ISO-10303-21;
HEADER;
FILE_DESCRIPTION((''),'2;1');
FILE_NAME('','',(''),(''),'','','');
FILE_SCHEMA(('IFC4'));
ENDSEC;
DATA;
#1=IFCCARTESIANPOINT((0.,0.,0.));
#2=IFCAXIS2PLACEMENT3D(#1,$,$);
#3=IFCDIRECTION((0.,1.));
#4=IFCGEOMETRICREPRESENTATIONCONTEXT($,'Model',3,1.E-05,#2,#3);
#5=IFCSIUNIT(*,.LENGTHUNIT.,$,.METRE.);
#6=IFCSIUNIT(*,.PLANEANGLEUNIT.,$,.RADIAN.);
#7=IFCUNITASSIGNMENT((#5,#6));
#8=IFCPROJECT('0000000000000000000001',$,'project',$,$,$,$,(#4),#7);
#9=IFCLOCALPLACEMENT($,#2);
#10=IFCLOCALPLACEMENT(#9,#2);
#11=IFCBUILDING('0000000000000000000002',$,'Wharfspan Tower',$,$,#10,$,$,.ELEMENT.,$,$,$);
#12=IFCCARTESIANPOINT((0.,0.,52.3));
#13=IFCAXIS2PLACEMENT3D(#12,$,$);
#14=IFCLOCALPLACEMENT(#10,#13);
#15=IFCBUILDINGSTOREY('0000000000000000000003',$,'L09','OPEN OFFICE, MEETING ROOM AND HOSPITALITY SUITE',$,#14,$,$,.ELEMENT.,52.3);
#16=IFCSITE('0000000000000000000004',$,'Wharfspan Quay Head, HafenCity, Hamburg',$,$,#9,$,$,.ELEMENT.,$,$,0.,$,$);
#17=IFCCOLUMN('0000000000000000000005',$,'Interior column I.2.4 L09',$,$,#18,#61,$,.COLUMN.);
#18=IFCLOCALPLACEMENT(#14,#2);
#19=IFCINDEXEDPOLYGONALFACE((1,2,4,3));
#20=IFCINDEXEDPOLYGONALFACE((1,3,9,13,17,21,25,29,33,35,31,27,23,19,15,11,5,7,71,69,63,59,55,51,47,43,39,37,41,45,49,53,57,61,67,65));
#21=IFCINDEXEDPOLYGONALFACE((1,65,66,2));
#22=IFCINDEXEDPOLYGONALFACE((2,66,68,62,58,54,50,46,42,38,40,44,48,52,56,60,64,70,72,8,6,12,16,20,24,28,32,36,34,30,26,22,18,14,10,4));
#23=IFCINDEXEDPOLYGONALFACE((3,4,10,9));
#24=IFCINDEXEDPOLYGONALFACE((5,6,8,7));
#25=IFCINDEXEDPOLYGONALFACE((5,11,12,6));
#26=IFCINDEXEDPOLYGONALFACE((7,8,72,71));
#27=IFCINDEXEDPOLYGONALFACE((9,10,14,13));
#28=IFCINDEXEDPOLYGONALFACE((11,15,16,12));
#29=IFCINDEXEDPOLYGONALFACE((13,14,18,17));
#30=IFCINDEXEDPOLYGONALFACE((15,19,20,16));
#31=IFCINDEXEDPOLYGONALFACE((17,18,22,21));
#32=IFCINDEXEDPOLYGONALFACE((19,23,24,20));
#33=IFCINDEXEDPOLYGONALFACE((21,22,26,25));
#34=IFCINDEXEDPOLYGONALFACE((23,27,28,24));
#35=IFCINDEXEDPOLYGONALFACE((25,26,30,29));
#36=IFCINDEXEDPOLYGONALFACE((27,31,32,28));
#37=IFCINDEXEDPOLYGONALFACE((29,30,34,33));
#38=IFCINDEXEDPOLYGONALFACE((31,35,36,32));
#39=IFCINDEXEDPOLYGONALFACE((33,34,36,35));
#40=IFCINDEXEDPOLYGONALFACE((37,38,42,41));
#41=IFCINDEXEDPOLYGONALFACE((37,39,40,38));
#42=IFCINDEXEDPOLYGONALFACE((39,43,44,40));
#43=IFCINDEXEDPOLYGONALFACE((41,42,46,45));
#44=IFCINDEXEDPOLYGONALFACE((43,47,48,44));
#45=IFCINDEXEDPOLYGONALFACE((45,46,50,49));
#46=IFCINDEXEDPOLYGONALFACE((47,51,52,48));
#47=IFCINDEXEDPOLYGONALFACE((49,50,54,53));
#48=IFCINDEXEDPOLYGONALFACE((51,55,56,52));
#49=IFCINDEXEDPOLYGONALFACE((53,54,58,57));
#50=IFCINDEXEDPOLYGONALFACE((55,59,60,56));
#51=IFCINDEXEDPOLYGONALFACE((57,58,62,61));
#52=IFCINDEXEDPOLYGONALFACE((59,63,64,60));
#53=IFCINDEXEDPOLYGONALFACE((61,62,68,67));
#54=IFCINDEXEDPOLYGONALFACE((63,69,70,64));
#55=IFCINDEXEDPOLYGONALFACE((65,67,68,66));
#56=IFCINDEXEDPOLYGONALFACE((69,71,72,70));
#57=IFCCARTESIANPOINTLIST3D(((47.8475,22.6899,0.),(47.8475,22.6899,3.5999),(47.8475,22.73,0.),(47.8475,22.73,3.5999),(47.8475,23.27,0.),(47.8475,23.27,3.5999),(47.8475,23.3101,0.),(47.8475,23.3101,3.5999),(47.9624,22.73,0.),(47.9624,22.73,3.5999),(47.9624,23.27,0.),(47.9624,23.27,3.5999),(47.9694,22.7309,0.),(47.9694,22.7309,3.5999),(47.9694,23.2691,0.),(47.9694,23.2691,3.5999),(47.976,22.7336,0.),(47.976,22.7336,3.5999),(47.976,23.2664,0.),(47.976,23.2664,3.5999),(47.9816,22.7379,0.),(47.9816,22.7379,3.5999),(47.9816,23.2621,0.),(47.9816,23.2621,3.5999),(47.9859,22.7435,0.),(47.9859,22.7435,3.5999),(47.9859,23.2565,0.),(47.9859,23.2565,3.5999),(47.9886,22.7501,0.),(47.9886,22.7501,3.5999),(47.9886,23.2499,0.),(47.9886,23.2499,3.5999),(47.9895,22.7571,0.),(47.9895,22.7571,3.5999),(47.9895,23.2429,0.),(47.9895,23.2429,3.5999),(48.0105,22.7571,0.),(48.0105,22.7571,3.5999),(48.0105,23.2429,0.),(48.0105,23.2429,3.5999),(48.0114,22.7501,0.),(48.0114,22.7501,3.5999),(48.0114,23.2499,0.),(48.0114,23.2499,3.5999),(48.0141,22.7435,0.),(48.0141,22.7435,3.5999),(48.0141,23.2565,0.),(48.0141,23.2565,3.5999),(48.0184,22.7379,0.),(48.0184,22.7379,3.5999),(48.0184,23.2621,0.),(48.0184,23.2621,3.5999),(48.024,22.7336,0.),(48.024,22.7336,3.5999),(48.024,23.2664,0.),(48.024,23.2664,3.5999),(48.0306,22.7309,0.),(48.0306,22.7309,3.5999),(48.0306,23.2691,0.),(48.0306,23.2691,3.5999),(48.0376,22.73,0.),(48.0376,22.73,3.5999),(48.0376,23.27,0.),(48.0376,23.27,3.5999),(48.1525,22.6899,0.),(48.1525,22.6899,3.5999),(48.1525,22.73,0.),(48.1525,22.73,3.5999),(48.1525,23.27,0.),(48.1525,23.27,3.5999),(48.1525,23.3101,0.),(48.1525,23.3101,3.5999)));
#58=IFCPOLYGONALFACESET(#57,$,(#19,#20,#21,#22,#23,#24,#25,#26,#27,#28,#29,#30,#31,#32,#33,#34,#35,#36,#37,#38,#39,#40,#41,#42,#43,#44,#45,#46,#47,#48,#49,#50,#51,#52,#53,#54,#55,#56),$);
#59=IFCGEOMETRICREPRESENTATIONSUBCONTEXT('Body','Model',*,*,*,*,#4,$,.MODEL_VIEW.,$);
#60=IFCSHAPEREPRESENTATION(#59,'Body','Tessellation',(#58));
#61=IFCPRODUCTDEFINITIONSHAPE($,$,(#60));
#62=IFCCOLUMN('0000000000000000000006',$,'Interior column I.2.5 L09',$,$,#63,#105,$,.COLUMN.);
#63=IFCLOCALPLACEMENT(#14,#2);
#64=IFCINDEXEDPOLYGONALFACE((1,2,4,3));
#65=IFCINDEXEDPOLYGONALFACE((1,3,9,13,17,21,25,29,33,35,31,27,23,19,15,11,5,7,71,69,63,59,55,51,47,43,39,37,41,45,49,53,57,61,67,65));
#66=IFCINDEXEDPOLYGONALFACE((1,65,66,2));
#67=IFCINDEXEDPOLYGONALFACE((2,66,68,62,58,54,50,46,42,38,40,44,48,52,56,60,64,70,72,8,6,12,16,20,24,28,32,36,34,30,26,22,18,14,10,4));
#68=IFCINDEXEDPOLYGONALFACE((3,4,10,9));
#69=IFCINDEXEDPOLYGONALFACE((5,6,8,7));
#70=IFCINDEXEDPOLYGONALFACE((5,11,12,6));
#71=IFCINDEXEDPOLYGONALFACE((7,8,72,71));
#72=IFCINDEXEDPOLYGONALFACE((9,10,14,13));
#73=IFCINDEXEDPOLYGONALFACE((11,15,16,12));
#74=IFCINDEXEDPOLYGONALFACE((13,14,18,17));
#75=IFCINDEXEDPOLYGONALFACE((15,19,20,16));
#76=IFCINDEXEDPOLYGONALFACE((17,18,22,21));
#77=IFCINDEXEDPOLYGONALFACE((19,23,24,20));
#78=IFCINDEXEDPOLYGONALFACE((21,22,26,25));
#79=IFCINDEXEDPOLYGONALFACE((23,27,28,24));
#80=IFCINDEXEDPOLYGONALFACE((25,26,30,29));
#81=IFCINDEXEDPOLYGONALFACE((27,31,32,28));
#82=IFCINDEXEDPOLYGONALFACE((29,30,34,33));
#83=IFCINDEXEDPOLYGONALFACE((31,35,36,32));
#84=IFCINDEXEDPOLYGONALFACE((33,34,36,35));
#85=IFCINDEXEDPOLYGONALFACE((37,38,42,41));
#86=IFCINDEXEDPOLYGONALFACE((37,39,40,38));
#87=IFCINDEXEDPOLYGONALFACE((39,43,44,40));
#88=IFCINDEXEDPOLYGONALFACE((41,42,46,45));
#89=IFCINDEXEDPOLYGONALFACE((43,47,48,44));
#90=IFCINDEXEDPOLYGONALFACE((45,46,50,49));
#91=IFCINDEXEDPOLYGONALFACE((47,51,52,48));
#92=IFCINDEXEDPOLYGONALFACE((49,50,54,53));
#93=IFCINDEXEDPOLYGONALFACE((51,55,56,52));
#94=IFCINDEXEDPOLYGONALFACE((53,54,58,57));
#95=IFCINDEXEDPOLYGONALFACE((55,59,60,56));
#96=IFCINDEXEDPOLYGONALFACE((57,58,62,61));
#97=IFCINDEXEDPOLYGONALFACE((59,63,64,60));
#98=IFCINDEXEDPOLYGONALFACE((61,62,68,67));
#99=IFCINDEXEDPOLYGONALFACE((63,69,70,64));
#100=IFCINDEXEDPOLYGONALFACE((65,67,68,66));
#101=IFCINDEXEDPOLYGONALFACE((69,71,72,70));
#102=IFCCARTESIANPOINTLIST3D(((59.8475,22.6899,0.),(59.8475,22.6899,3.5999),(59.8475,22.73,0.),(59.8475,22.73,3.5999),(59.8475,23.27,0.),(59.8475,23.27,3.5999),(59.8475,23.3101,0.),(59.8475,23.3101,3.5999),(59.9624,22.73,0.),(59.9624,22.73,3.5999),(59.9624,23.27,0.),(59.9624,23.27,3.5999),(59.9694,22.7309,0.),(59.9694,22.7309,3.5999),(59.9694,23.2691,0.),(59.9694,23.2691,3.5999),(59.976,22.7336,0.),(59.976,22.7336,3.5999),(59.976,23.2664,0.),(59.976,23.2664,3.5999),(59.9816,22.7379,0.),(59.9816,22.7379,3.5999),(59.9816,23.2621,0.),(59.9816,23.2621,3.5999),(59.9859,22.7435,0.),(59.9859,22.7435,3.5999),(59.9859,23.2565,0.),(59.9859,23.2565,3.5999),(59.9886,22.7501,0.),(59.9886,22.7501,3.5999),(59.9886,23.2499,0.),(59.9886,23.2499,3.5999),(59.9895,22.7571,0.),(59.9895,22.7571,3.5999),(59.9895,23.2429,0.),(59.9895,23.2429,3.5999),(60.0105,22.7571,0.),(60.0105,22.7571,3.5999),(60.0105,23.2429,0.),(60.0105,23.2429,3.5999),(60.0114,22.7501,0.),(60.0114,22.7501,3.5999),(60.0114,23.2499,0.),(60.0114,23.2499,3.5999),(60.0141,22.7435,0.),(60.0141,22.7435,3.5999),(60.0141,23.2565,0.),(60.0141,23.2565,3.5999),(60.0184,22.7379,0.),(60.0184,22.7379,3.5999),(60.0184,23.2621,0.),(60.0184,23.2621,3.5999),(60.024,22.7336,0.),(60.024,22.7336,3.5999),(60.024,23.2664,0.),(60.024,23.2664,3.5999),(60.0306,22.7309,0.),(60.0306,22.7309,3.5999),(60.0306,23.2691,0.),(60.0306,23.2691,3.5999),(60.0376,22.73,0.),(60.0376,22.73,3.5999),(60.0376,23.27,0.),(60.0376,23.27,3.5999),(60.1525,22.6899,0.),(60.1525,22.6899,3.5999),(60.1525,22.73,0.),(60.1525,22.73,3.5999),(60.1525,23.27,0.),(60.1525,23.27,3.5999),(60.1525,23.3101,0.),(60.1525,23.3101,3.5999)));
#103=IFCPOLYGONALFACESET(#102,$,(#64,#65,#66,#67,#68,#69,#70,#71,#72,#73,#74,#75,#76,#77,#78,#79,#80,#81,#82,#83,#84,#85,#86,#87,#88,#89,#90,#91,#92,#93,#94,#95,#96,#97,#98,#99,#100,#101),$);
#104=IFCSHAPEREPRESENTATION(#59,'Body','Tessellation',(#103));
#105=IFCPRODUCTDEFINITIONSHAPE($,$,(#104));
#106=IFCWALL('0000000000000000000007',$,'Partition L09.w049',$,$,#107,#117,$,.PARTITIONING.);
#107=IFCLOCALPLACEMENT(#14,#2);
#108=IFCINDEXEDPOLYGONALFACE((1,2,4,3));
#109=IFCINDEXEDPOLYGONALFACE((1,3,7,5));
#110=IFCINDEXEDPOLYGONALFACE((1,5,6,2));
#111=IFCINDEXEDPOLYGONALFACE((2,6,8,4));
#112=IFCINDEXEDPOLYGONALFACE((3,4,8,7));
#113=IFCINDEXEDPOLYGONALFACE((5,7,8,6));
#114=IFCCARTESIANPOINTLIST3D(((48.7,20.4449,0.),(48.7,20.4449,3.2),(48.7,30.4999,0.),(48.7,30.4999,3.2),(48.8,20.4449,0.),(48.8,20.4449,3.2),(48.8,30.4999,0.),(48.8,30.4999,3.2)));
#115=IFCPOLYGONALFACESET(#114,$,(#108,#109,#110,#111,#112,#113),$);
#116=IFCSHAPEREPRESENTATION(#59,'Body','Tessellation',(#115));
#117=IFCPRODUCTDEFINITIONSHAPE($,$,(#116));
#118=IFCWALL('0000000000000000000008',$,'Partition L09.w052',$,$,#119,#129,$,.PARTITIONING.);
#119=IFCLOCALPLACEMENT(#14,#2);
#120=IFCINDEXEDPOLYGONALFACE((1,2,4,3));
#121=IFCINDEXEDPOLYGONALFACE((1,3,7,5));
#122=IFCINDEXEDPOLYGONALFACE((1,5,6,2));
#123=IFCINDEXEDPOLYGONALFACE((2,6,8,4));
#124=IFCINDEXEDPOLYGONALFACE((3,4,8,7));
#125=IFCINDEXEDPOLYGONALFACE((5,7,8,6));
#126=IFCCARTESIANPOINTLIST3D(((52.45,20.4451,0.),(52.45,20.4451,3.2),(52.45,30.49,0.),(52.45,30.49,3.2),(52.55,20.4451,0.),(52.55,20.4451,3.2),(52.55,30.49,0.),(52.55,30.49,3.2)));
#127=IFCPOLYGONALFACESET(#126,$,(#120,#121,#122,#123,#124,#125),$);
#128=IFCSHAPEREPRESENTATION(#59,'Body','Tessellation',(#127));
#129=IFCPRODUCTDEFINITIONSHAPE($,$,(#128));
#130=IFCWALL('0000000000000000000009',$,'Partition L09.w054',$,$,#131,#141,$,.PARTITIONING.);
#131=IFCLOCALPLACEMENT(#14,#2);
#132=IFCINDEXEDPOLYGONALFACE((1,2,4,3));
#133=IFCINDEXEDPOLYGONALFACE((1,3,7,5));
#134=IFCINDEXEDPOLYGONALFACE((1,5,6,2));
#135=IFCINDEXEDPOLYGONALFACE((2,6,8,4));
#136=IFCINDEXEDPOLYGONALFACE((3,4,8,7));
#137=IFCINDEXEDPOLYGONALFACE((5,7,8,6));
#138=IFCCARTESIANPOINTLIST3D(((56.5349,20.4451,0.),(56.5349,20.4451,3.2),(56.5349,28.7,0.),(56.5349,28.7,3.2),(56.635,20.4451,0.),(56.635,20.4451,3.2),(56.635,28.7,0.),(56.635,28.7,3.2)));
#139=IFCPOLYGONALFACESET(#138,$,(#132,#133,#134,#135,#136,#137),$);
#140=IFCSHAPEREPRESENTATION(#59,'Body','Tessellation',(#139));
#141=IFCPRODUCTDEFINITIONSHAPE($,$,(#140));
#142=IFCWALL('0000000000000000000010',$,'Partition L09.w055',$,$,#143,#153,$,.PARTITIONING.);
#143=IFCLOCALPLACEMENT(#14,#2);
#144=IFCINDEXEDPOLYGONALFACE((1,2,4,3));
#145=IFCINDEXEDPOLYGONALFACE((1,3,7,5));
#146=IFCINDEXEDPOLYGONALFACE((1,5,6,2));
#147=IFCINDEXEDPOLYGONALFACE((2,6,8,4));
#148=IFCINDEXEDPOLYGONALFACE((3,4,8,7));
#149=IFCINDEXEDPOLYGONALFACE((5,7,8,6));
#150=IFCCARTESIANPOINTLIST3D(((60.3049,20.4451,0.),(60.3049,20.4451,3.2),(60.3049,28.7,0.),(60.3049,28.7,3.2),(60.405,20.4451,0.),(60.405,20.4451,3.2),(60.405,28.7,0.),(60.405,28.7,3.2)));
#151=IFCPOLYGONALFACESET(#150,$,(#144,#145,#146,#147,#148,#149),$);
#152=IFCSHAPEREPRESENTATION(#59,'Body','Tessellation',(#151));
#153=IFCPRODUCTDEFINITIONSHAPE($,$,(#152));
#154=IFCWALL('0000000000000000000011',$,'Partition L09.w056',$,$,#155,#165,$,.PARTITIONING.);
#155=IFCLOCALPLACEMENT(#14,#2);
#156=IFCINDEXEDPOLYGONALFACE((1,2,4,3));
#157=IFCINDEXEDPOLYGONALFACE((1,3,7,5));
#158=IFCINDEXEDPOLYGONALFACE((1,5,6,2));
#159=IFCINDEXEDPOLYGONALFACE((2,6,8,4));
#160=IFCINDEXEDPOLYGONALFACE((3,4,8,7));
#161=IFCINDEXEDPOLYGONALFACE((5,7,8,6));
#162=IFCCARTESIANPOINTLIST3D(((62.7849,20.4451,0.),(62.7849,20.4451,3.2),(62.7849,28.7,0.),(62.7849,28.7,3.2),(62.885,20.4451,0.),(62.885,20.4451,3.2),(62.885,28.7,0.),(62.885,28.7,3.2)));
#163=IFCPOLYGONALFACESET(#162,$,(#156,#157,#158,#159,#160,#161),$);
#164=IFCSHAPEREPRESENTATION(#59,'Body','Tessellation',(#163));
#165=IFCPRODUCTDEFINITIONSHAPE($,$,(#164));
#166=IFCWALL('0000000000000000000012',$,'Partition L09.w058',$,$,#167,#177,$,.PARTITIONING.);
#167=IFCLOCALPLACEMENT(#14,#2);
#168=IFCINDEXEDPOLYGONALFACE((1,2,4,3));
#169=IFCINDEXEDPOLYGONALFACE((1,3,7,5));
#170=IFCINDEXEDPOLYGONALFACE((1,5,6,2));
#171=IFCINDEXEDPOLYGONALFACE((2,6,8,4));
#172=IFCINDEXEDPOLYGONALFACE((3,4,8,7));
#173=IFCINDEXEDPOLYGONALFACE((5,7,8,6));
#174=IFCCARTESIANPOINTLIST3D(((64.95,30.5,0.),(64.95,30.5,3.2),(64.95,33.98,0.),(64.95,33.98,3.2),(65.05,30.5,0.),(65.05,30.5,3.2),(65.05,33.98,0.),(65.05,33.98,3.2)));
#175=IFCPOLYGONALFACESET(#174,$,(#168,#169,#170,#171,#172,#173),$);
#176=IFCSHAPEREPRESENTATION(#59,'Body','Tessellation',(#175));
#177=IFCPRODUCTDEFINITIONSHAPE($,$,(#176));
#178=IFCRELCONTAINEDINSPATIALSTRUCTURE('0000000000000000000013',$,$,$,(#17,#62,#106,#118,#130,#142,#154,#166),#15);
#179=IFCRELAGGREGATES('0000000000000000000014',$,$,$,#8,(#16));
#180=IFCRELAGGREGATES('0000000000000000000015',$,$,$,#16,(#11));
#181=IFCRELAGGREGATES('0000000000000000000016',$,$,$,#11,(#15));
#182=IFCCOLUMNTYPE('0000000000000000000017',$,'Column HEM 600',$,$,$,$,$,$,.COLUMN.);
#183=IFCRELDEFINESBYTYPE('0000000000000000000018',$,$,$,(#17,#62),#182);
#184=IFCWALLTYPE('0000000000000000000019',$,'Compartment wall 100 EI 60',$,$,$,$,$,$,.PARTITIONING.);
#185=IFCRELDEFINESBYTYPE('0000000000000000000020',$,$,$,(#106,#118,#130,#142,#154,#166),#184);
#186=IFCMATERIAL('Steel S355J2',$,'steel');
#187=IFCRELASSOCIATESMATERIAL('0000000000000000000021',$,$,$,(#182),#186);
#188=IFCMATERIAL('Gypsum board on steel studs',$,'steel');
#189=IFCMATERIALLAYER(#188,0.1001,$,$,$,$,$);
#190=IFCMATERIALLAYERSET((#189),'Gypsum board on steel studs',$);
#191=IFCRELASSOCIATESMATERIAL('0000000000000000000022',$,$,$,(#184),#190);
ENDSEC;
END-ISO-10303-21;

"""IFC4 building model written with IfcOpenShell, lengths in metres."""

from ifc_helpers import new_model, si_unit, direction, frame, frame_2d, origin, origin_2d, place, context, subcontext, project, spatial, rectangle, i_section, extrude, material, layer, layer_set, material_profile, profile_set, type_object, element, save


model = new_model("IFC4")

# Units and contexts
model_context = context("Model", 3, precision=1e-05, world=origin(), true_north=direction((0.0, 1.0)))
body_context = subcontext(model_context, "Body", "Model", "MODEL_VIEW")
ifc_project = project(units=[si_unit("LENGTHUNIT", "METRE"), si_unit("PLANEANGLEUNIT", "RADIAN")], contexts=[model_context])

# Site, building, storey
site_placement = place(None, origin())
site = spatial("IfcSite", under=ifc_project, at=site_placement, Name="Wharfspan Quay Head, HafenCity, Hamburg", CompositionType="ELEMENT", RefElevation=0.0)
building_placement = place(site_placement, origin())
building = spatial("IfcBuilding", under=site, at=building_placement, Name="Wharfspan Tower", CompositionType="ELEMENT")
storey_placement = place(building_placement, frame((0.0, 0.0, 52.3)))
storey = spatial("IfcBuildingStorey", under=building, at=storey_placement, Name="L09", Description="OPEN OFFICE, MEETING ROOM AND HOSPITALITY SUITE", CompositionType="ELEMENT", Elevation=52.3)

# Columns
ifc_material_1 = material(Name="Steel S355J2", Category="steel")
ifc_material_profile = material_profile(ifc_material_1, i_section(OverallWidth=0.3049, OverallDepth=0.6201, WebThickness=0.021, FlangeThickness=0.04, FilletRadius=0.0271, at=origin_2d()))
ifc_profile_set = profile_set([ifc_material_profile], Name="Steel S355J2")
column_type = type_object("IfcColumnType", Name="Column HEM 600", PredefinedType="COLUMN", material=ifc_profile_set)
for number, where, z_axis, x_axis, name in (
    (1, (48.0, 23.0, 0.0), (0.0, 0.0, 1.0), (1.0, 0.0, 0.0), "Interior column I.2.4 L09"),
    (2, (60.0, 23.0, 0.0), (0.0, 0.0, 1.0), (1.0, 0.0, 0.0), "Interior column I.2.5 L09"),
):
    element("IfcColumn", number, at=place(storey_placement, frame(where, z_axis=z_axis, x_axis=x_axis)), inside=storey, type_object=column_type, Name=name, PredefinedType="COLUMN", context=body_context, shape_type="SweptSolid", body=[
        extrude(i_section(OverallWidth=0.3049, OverallDepth=0.6201, WebThickness=0.021, FlangeThickness=0.04, FilletRadius=0.0271, at=origin_2d()), origin(), (0.0, 0.0, 1.0), 3.5999),
    ])

# Walls
ifc_material_2 = material(Name="Gypsum board on steel studs", Category="steel")
ifc_layer_1 = layer(ifc_material_2, 0.1001)
ifc_layer_set_1 = layer_set([ifc_layer_1], Name="Gypsum board on steel studs")
wall_type_1 = type_object("IfcWallType", Name="Compartment wall 100 EI 60", PredefinedType="PARTITIONING", material=ifc_layer_set_1)
wall_1_placement = place(storey_placement, frame((48.75, 20.4451, 0.0), z_axis=(0.0, 0.0, 1.0), x_axis=(0.0, 1.0, 0.0)))
element("IfcWall", 3, at=wall_1_placement, inside=storey, type_object=wall_type_1, Name="Partition L09.w049", PredefinedType="PARTITIONING", context=body_context, shape_type="SweptSolid", body=[
    extrude(rectangle(XDim=10.0549, YDim=0.1001, at=frame_2d((5.0273, 0.0))), origin(), (0.0, 0.0, 1.0), 3.2),
])
wall_2_placement = place(storey_placement, frame((52.5, 20.4451, 0.0), z_axis=(0.0, 0.0, 1.0), x_axis=(0.0, 1.0, 0.0)))
element("IfcWall", 4, at=wall_2_placement, inside=storey, type_object=wall_type_1, Name="Partition L09.w052", PredefinedType="PARTITIONING", context=body_context, shape_type="SweptSolid", body=[
    extrude(rectangle(XDim=10.0449, YDim=0.1001, at=frame_2d((5.0225, 0.0))), origin(), (0.0, 0.0, 1.0), 3.2),
])
for number, where, z_axis, x_axis, name in (
    (5, (56.585, 20.4451, 0.0), (0.0, 0.0, 1.0), (0.0, 1.0, 0.0), "Partition L09.w054"),
    (6, (60.355, 20.4451, 0.0), (0.0, 0.0, 1.0), (0.0, 1.0, 0.0), "Partition L09.w055"),
    (7, (62.835, 20.4451, 0.0), (0.0, 0.0, 1.0), (0.0, 1.0, 0.0), "Partition L09.w056"),
):
    element("IfcWall", number, at=place(storey_placement, frame(where, z_axis=z_axis, x_axis=x_axis)), inside=storey, type_object=wall_type_1, Name=name, PredefinedType="PARTITIONING", context=body_context, shape_type="SweptSolid", body=[
        extrude(rectangle(XDim=8.2549, YDim=0.1001, at=frame_2d((4.1274, 0.0))), origin(), (0.0, 0.0, 1.0), 3.2),
    ])
wall_3_placement = place(storey_placement, frame((65.0, 30.5, 0.0), z_axis=(0.0, 0.0, 1.0), x_axis=(0.0, 1.0, 0.0)))
element("IfcWall", 8, at=wall_3_placement, inside=storey, type_object=wall_type_1, Name="Partition L09.w058", PredefinedType="PARTITIONING", context=body_context, shape_type="SweptSolid", body=[
    extrude(rectangle(XDim=3.48, YDim=0.1001, at=frame_2d((1.74, 0.0))), origin(), (0.0, 0.0, 1.0), 3.2),
])

save(model, "model.ifc")
